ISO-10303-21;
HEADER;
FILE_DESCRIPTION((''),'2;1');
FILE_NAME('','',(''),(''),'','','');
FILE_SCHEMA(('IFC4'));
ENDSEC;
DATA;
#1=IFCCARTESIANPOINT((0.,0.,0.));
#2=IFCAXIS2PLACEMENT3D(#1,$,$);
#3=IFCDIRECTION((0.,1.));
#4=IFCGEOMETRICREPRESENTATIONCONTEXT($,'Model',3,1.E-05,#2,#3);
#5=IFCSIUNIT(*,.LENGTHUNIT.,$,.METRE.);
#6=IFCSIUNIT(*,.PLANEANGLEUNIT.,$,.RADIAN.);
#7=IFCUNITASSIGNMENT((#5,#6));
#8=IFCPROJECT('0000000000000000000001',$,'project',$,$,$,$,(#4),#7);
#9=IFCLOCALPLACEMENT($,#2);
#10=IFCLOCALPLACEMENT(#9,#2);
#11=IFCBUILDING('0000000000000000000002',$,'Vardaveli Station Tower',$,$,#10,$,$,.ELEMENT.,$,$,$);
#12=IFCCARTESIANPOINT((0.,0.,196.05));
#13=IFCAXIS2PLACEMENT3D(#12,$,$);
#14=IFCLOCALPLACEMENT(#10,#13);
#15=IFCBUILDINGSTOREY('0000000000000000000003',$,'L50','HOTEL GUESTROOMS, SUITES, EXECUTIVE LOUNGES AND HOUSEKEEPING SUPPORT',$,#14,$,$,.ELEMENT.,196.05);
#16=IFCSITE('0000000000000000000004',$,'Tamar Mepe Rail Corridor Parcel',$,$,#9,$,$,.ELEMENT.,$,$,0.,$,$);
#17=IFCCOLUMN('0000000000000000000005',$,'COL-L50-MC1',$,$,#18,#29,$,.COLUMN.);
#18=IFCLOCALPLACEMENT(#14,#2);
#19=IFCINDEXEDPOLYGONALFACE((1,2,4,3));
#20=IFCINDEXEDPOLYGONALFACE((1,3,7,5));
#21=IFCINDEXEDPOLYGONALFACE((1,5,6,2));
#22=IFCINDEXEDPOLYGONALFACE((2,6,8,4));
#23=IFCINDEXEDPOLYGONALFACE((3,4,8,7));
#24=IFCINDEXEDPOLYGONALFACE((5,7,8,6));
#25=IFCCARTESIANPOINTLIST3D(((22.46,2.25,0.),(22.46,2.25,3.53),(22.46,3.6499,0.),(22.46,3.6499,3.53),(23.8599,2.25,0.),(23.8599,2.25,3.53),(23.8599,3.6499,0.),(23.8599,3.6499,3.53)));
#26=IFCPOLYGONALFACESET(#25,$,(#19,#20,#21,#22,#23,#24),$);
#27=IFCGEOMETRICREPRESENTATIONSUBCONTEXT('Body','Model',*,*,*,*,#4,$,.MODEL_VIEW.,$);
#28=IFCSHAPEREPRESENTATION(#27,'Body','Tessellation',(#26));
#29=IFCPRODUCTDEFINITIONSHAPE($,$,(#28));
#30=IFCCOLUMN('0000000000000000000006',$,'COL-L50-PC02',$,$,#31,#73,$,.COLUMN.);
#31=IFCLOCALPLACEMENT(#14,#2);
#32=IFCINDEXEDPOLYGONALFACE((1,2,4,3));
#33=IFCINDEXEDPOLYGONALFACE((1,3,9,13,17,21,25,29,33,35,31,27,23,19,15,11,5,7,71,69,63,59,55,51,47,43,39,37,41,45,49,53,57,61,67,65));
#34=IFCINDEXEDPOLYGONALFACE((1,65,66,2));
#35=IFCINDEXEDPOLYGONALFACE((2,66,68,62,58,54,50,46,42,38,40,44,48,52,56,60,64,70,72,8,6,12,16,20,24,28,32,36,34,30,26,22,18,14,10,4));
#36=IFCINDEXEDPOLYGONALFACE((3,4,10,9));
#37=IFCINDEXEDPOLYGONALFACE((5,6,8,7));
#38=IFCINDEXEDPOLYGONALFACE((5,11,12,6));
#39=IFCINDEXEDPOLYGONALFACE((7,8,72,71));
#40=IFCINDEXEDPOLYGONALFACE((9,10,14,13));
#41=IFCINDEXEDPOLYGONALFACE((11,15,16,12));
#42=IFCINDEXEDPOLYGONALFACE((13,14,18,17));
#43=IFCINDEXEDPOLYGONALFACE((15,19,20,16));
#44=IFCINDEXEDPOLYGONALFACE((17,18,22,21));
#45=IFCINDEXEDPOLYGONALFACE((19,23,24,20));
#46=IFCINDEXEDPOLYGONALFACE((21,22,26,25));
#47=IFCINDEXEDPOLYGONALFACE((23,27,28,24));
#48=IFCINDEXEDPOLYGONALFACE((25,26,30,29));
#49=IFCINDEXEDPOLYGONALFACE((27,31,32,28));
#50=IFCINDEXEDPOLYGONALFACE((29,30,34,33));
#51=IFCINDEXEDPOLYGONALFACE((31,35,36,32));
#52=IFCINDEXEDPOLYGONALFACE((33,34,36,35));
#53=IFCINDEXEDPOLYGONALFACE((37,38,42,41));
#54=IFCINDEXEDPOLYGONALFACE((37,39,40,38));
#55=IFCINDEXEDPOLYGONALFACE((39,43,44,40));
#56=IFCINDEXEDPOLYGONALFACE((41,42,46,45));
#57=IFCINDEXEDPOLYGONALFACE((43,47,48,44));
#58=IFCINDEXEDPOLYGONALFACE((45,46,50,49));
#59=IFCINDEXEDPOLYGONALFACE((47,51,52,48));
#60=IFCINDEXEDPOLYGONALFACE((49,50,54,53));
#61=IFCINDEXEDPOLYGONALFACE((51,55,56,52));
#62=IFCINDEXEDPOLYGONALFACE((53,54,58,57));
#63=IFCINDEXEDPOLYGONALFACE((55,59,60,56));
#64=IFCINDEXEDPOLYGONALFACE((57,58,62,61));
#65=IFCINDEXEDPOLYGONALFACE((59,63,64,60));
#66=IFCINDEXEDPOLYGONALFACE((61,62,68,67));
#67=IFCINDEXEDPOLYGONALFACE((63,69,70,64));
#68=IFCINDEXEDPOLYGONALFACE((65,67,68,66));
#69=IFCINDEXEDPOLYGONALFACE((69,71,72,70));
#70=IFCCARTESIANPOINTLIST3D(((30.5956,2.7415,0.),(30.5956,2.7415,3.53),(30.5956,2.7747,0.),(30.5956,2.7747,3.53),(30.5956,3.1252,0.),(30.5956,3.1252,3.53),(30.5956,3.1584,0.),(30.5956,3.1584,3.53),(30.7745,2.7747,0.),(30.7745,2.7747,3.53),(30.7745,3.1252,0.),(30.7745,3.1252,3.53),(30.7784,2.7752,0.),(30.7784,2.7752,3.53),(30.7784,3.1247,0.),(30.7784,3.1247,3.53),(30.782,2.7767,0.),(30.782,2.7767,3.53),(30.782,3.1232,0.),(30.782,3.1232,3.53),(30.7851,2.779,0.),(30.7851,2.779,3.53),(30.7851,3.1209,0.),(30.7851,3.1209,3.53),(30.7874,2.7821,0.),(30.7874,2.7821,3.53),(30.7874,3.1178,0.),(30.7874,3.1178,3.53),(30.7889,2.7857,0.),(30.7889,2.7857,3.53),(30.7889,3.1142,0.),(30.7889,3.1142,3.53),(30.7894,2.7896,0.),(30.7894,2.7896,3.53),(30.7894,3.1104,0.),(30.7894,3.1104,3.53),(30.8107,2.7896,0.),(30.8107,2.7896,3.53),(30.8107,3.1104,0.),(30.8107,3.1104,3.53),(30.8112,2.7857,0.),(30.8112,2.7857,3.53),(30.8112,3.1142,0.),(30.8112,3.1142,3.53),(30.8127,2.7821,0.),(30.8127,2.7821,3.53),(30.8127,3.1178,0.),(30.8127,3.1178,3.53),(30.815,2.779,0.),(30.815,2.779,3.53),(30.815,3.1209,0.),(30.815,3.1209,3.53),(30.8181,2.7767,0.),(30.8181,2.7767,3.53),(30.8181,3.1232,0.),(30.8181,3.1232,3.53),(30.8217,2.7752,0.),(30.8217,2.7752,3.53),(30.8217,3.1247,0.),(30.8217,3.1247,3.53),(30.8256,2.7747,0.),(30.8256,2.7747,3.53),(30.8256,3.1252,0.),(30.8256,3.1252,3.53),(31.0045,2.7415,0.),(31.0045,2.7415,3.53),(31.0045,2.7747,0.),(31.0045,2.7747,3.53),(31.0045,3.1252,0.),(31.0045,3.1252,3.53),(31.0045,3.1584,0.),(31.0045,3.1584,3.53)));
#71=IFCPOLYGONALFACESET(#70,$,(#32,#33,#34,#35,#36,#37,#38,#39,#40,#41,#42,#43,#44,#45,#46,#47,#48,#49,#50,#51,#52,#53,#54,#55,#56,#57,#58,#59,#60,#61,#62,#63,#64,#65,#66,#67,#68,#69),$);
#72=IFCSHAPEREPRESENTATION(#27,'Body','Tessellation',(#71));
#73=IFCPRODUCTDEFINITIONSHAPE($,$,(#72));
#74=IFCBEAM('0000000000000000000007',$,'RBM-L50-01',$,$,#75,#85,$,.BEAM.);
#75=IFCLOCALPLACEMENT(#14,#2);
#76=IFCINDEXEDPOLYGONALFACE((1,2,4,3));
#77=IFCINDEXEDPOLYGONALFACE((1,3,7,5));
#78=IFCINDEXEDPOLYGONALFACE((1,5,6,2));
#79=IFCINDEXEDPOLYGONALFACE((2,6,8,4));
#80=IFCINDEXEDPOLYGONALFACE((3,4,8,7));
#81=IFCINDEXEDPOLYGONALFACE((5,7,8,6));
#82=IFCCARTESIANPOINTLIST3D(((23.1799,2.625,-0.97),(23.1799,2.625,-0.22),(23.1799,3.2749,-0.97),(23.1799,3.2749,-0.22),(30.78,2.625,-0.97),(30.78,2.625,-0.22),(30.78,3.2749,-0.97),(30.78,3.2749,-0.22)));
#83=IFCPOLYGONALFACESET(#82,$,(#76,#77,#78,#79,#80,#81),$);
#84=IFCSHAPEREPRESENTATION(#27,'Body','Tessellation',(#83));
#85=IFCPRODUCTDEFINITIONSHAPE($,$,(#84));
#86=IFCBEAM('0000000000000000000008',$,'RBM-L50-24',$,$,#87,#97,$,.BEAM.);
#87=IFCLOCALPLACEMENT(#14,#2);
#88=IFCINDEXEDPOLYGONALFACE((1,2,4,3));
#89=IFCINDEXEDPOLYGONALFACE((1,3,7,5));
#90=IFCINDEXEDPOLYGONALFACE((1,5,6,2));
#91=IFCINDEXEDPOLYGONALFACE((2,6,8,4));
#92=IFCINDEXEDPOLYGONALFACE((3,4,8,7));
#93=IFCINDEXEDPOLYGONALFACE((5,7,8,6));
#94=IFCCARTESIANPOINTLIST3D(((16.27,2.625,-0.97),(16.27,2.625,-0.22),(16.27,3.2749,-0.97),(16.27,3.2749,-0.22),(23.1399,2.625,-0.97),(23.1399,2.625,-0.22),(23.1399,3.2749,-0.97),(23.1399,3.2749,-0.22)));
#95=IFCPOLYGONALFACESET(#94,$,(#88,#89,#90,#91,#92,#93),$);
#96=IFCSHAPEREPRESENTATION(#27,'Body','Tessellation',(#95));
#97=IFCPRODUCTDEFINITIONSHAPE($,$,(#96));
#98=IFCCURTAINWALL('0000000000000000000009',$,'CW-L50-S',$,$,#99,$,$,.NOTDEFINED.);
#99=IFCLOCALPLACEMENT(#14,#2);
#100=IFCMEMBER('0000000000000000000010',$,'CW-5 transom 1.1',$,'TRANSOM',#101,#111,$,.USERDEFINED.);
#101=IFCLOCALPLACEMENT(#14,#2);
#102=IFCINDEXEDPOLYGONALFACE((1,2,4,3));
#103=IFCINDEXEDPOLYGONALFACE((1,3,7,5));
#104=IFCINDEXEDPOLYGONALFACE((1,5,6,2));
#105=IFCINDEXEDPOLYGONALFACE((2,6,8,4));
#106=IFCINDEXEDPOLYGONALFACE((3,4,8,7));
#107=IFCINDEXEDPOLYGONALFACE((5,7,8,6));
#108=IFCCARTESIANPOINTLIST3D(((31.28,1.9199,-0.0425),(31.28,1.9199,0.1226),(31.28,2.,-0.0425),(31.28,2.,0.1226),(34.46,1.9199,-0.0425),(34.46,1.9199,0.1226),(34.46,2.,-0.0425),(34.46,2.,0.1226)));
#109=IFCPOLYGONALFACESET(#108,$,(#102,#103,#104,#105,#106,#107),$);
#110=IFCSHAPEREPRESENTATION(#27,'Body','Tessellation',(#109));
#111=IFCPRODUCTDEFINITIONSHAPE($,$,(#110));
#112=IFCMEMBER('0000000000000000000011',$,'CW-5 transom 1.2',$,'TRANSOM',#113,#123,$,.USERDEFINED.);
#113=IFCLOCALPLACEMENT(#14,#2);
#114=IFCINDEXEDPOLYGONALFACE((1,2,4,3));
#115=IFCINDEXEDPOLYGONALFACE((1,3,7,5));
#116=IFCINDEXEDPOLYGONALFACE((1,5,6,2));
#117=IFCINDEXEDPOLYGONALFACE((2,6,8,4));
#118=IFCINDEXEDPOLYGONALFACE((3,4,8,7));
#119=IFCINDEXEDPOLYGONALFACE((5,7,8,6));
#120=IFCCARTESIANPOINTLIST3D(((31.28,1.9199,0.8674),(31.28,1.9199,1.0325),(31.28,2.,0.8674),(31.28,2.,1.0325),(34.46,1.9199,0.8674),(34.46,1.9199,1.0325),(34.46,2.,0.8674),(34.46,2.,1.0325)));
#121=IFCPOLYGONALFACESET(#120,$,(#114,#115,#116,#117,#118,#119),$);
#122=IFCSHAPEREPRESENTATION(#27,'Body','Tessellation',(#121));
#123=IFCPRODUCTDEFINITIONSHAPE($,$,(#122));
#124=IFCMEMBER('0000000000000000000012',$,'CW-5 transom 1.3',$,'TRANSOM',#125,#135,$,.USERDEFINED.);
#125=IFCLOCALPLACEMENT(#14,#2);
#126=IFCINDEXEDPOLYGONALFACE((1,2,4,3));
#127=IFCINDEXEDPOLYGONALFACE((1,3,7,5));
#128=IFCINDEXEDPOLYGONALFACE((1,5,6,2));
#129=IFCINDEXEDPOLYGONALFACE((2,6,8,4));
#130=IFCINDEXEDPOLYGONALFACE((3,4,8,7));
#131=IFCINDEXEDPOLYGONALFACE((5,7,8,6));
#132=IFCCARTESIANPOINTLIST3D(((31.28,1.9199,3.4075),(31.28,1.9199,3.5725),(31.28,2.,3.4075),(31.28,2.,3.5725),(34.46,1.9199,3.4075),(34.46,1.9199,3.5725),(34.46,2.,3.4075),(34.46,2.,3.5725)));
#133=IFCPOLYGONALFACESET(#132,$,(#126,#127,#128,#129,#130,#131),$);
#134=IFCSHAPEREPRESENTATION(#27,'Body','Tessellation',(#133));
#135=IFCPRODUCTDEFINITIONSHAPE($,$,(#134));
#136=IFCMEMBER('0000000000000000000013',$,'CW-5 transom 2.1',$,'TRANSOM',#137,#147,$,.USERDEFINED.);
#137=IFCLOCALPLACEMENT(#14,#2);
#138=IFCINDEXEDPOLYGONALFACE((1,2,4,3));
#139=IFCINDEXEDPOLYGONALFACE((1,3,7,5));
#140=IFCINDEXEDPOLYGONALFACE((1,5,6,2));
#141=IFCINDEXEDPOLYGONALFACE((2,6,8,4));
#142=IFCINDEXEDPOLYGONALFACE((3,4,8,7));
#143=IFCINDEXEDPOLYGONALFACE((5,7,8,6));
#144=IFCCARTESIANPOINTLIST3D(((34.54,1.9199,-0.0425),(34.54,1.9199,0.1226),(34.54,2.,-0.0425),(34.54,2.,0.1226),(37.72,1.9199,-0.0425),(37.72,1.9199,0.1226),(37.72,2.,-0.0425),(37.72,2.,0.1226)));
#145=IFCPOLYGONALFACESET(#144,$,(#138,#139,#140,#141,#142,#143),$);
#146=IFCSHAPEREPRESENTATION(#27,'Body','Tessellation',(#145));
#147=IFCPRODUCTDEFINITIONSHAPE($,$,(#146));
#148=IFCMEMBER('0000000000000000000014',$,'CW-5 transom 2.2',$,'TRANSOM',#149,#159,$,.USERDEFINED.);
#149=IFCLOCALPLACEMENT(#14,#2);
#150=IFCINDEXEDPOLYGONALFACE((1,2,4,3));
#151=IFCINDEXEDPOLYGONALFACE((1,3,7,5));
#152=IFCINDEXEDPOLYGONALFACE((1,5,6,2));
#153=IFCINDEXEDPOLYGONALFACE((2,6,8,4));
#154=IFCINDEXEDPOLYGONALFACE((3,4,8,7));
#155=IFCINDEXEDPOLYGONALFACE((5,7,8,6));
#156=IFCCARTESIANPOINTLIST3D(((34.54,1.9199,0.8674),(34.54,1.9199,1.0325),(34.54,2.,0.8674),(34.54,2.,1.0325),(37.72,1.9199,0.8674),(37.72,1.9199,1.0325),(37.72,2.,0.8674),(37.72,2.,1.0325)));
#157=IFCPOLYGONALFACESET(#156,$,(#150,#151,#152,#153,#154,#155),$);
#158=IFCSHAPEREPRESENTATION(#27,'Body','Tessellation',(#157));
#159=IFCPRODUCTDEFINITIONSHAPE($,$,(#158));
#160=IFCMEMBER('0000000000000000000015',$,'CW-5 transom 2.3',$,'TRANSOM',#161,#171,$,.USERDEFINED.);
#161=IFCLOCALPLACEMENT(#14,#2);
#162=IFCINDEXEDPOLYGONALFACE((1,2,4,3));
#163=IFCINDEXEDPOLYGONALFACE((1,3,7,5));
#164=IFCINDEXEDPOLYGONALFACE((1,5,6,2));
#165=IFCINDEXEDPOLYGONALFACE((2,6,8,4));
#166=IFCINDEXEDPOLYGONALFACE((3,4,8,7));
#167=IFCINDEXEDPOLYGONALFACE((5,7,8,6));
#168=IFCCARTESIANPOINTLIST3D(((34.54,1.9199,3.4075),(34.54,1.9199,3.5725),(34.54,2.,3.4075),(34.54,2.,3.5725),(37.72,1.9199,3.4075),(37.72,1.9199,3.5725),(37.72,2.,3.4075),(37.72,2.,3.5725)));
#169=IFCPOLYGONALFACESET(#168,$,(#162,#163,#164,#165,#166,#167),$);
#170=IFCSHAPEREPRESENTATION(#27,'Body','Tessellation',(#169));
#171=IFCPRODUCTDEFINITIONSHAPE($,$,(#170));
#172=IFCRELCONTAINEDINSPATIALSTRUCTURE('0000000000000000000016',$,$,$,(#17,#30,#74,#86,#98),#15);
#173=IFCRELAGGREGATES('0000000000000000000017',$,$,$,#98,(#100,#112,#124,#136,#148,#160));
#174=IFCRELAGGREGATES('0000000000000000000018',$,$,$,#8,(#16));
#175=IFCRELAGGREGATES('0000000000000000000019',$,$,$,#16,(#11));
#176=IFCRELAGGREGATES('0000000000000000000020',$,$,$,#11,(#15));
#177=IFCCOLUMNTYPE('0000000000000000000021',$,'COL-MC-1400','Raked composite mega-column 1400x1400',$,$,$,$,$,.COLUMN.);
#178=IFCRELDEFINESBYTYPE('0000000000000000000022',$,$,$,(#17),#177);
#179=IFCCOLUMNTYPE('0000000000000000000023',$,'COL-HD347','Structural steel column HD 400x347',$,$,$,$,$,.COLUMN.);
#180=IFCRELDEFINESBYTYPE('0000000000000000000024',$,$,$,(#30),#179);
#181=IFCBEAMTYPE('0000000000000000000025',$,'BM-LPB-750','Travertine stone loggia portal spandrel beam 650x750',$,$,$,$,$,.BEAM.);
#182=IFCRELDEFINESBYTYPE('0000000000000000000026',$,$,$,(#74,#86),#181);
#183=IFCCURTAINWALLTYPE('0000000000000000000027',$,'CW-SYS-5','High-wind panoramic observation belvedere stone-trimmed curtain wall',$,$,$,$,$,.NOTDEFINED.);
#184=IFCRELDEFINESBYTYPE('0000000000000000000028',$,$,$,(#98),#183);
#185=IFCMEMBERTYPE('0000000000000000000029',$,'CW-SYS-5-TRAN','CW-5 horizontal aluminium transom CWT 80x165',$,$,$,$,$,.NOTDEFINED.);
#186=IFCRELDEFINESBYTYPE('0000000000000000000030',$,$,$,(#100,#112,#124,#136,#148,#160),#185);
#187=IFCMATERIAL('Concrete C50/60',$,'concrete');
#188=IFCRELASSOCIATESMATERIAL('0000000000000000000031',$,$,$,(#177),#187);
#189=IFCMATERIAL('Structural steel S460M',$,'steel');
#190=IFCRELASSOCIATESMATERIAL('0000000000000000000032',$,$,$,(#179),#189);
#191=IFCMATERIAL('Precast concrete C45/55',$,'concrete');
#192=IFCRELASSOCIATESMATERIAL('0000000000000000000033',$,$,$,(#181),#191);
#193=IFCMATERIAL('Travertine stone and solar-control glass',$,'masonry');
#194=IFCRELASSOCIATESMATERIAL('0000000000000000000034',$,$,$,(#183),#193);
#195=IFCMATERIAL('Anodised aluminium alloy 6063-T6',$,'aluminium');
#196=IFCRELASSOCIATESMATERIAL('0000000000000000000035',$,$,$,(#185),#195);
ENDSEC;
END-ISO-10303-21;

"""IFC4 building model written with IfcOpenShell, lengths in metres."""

from ifc_helpers import new_model, si_unit, direction, frame, origin, origin_2d, place, context, subcontext, project, spatial, rectangle, i_section, extrude, source, transform, mapped, material, material_profile, profile_set, type_object, element, aggregate, save


model = new_model("IFC4")

# Units and contexts
model_context = context("Model", 3, precision=1e-05, world=origin(), true_north=direction((0.0, 1.0)))
body_context = subcontext(model_context, "Body", "Model", "MODEL_VIEW")
ifc_project = project(units=[si_unit("LENGTHUNIT", "METRE"), si_unit("PLANEANGLEUNIT", "RADIAN")], contexts=[model_context])

# Site, building, storey
site_placement = place(None, origin())
site = spatial("IfcSite", under=ifc_project, at=site_placement, Name="Tamar Mepe Rail Corridor Parcel", CompositionType="ELEMENT", RefElevation=0.0)
building_placement = place(site_placement, origin())
building = spatial("IfcBuilding", under=site, at=building_placement, Name="Vardaveli Station Tower", CompositionType="ELEMENT")
storey_placement = place(building_placement, frame((0.0, 0.0, 196.05)))
storey = spatial("IfcBuildingStorey", under=building, at=storey_placement, Name="L50", Description="HOTEL GUESTROOMS, SUITES, EXECUTIVE LOUNGES AND HOUSEKEEPING SUPPORT", CompositionType="ELEMENT", Elevation=196.05)

# Columns
ifc_material_1 = material(Name="Concrete C50/60", Category="concrete")
ifc_material_profile_1 = material_profile(ifc_material_1, rectangle(XDim=1.3999, YDim=1.3999, at=origin_2d()), Name="MC 1400x1400")
ifc_profile_set_1 = profile_set([ifc_material_profile_1], Name="Concrete C50/60")
column_type_1 = type_object("IfcColumnType", Name="COL-MC-1400", Description="Raked composite mega-column 1400x1400", PredefinedType="COLUMN", material=ifc_profile_set_1)
shared_shape_1 = source(origin(), body_context, "Body", "SweptSolid", [
    extrude(rectangle(XDim=1.3999, YDim=1.3999, at=origin_2d()), origin(), (0.0, 0.0, 1.0), 3.53),
])
column_1_placement = place(storey_placement, frame((23.1599, 2.95, 0.0), z_axis=(0.0, 0.0, 1.0), x_axis=(1.0, 0.0, 0.0)))
element("IfcColumn", 1, at=column_1_placement, inside=storey, type_object=column_type_1, Name="COL-L50-MC1", PredefinedType="COLUMN", context=body_context, shape_type="MappedRepresentation", body=[
    mapped(shared_shape_1, transform((0.0, 0.0, 0.0), scale=1.0)),
])
ifc_material_2 = material(Name="Structural steel S460M", Category="steel")
ifc_material_profile_2 = material_profile(ifc_material_2, i_section(OverallWidth=0.4089, OverallDepth=0.417, WebThickness=0.0212, FlangeThickness=0.0332, FilletRadius=0.0149, at=origin_2d()), Name="HD 400x347")
ifc_profile_set_2 = profile_set([ifc_material_profile_2], Name="Structural steel S460M")
column_type_2 = type_object("IfcColumnType", Name="COL-HD347", Description="Structural steel column HD 400x347", PredefinedType="COLUMN", material=ifc_profile_set_2)
shared_shape_2 = source(origin(), body_context, "Body", "SweptSolid", [
    extrude(i_section(OverallWidth=0.4089, OverallDepth=0.417, WebThickness=0.0212, FlangeThickness=0.0332, FilletRadius=0.0149, at=origin_2d()), origin(), (0.0, 0.0, 1.0), 3.53),
])
column_2_placement = place(storey_placement, frame((30.8, 2.95, 0.0), z_axis=(0.0, 0.0, 1.0), x_axis=(1.0, 0.0, 0.0)))
element("IfcColumn", 2, at=column_2_placement, inside=storey, type_object=column_type_2, Name="COL-L50-PC02", PredefinedType="COLUMN", context=body_context, shape_type="MappedRepresentation", body=[
    mapped(shared_shape_2, transform((0.0, 0.0, 0.0), scale=1.0)),
])

# Beams
ifc_material_3 = material(Name="Precast concrete C45/55", Category="concrete")
ifc_material_profile_3 = material_profile(ifc_material_3, rectangle(XDim=0.6499, YDim=0.75, at=origin_2d()), Name="LPB 650x750")
ifc_profile_set_3 = profile_set([ifc_material_profile_3], Name="Precast concrete C45/55")
beam_type = type_object("IfcBeamType", Name="BM-LPB-750", Description="Travertine stone loggia portal spandrel beam 650x750", PredefinedType="BEAM", material=ifc_profile_set_3)
shared_shape_3 = source(origin(), body_context, "Body", "SweptSolid", [
    extrude(rectangle(XDim=0.6499, YDim=0.75, at=origin_2d()), origin(), (0.0, 0.0, 1.0), 7.6001),
])
beam_1_placement = place(storey_placement, frame((23.1799, 2.95, -0.595), z_axis=(1.0, 0.0, 0.0), x_axis=(0.0, 1.0, 0.0)))
element("IfcBeam", 3, at=beam_1_placement, inside=storey, type_object=beam_type, Name="RBM-L50-01", PredefinedType="BEAM", context=body_context, shape_type="MappedRepresentation", body=[
    mapped(shared_shape_3, transform((0.0, 0.0, 0.0), scale=1.0)),
])
shared_shape_4 = source(origin(), body_context, "Body", "SweptSolid", [
    extrude(rectangle(XDim=0.6499, YDim=0.75, at=origin_2d()), origin(), (0.0, 0.0, 1.0), 6.8699),
])
beam_2_placement = place(storey_placement, frame((16.27, 2.95, -0.595), z_axis=(1.0, 0.0, 0.0), x_axis=(0.0, 1.0, 0.0)))
element("IfcBeam", 4, at=beam_2_placement, inside=storey, type_object=beam_type, Name="RBM-L50-24", PredefinedType="BEAM", context=body_context, shape_type="MappedRepresentation", body=[
    mapped(shared_shape_4, transform((0.0, 0.0, 0.0), scale=1.0)),
])

# Curtain wall, members
ifc_material_4 = material(Name="Travertine stone and solar-control glass", Category="masonry")
curtain_wall_type = type_object("IfcCurtainWallType", Name="CW-SYS-5", Description="High-wind panoramic observation belvedere stone-trimmed curtain wall", PredefinedType="NOTDEFINED", material=ifc_material_4)
curtain_wall_placement = place(storey_placement, origin())
curtain_wall = element("IfcCurtainWall", 5, at=curtain_wall_placement, inside=storey, type_object=curtain_wall_type, Name="CW-L50-S", PredefinedType="NOTDEFINED")
ifc_material_5 = material(Name="Anodised aluminium alloy 6063-T6", Category="aluminium")
ifc_material_profile_4 = material_profile(ifc_material_5, rectangle(XDim=0.0801, YDim=0.165, at=origin_2d()), Name="CWT 80x165")
ifc_profile_set_4 = profile_set([ifc_material_profile_4], Name="Anodised aluminium alloy 6063-T6")
member_type_1 = type_object("IfcMemberType", Name="CW-SYS-5-TRAN", Description="CW-5 horizontal aluminium transom CWT 80x165", PredefinedType="NOTDEFINED", material=ifc_profile_set_4)
shared_shape_5 = source(origin(), body_context, "Body", "SweptSolid", [
    extrude(rectangle(XDim=0.0801, YDim=0.165, at=origin_2d()), origin(), (0.0, 0.0, 1.0), 3.1799),
])
member_1_placement = place(storey_placement, frame((31.28, 1.96, 0.04), z_axis=(1.0, 0.0, 0.0), x_axis=(0.0, 1.0, 0.0)))
member_1 = element("IfcMember", 6, at=member_1_placement, type_object=member_type_1, Name="CW-5 transom 1.1", ObjectType="TRANSOM", PredefinedType="USERDEFINED", context=body_context, shape_type="MappedRepresentation", body=[
    mapped(shared_shape_5, transform((0.0, 0.0, 0.0), scale=1.0)),
])
member_2_placement = place(storey_placement, frame((31.28, 1.96, 0.95), z_axis=(1.0, 0.0, 0.0), x_axis=(0.0, 1.0, 0.0)))
member_2 = element("IfcMember", 7, at=member_2_placement, type_object=member_type_1, Name="CW-5 transom 1.2", ObjectType="TRANSOM", PredefinedType="USERDEFINED", context=body_context, shape_type="MappedRepresentation", body=[
    mapped(shared_shape_5, transform((0.0, 0.0, 0.0), scale=1.0)),
])
member_3_placement = place(storey_placement, frame((31.28, 1.96, 3.49), z_axis=(1.0, 0.0, 0.0), x_axis=(0.0, 1.0, 0.0)))
member_3 = element("IfcMember", 8, at=member_3_placement, type_object=member_type_1, Name="CW-5 transom 1.3", ObjectType="TRANSOM", PredefinedType="USERDEFINED", context=body_context, shape_type="MappedRepresentation", body=[
    mapped(shared_shape_5, transform((0.0, 0.0, 0.0), scale=1.0)),
])
member_4_placement = place(storey_placement, frame((34.54, 1.96, 0.04), z_axis=(1.0, 0.0, 0.0), x_axis=(0.0, 1.0, 0.0)))
member_4 = element("IfcMember", 9, at=member_4_placement, type_object=member_type_1, Name="CW-5 transom 2.1", ObjectType="TRANSOM", PredefinedType="USERDEFINED", context=body_context, shape_type="MappedRepresentation", body=[
    mapped(shared_shape_5, transform((0.0, 0.0, 0.0), scale=1.0)),
])
member_5_placement = place(storey_placement, frame((34.54, 1.96, 0.95), z_axis=(1.0, 0.0, 0.0), x_axis=(0.0, 1.0, 0.0)))
member_5 = element("IfcMember", 10, at=member_5_placement, type_object=member_type_1, Name="CW-5 transom 2.2", ObjectType="TRANSOM", PredefinedType="USERDEFINED", context=body_context, shape_type="MappedRepresentation", body=[
    mapped(shared_shape_5, transform((0.0, 0.0, 0.0), scale=1.0)),
])
member_6_placement = place(storey_placement, frame((34.54, 1.96, 3.49), z_axis=(1.0, 0.0, 0.0), x_axis=(0.0, 1.0, 0.0)))
member_6 = element("IfcMember", 11, at=member_6_placement, type_object=member_type_1, Name="CW-5 transom 2.3", ObjectType="TRANSOM", PredefinedType="USERDEFINED", context=body_context, shape_type="MappedRepresentation", body=[
    mapped(shared_shape_5, transform((0.0, 0.0, 0.0), scale=1.0)),
])

aggregate(curtain_wall, [member_1, member_2, member_3, member_4, member_5, member_6])

save(model, "model.ifc")
